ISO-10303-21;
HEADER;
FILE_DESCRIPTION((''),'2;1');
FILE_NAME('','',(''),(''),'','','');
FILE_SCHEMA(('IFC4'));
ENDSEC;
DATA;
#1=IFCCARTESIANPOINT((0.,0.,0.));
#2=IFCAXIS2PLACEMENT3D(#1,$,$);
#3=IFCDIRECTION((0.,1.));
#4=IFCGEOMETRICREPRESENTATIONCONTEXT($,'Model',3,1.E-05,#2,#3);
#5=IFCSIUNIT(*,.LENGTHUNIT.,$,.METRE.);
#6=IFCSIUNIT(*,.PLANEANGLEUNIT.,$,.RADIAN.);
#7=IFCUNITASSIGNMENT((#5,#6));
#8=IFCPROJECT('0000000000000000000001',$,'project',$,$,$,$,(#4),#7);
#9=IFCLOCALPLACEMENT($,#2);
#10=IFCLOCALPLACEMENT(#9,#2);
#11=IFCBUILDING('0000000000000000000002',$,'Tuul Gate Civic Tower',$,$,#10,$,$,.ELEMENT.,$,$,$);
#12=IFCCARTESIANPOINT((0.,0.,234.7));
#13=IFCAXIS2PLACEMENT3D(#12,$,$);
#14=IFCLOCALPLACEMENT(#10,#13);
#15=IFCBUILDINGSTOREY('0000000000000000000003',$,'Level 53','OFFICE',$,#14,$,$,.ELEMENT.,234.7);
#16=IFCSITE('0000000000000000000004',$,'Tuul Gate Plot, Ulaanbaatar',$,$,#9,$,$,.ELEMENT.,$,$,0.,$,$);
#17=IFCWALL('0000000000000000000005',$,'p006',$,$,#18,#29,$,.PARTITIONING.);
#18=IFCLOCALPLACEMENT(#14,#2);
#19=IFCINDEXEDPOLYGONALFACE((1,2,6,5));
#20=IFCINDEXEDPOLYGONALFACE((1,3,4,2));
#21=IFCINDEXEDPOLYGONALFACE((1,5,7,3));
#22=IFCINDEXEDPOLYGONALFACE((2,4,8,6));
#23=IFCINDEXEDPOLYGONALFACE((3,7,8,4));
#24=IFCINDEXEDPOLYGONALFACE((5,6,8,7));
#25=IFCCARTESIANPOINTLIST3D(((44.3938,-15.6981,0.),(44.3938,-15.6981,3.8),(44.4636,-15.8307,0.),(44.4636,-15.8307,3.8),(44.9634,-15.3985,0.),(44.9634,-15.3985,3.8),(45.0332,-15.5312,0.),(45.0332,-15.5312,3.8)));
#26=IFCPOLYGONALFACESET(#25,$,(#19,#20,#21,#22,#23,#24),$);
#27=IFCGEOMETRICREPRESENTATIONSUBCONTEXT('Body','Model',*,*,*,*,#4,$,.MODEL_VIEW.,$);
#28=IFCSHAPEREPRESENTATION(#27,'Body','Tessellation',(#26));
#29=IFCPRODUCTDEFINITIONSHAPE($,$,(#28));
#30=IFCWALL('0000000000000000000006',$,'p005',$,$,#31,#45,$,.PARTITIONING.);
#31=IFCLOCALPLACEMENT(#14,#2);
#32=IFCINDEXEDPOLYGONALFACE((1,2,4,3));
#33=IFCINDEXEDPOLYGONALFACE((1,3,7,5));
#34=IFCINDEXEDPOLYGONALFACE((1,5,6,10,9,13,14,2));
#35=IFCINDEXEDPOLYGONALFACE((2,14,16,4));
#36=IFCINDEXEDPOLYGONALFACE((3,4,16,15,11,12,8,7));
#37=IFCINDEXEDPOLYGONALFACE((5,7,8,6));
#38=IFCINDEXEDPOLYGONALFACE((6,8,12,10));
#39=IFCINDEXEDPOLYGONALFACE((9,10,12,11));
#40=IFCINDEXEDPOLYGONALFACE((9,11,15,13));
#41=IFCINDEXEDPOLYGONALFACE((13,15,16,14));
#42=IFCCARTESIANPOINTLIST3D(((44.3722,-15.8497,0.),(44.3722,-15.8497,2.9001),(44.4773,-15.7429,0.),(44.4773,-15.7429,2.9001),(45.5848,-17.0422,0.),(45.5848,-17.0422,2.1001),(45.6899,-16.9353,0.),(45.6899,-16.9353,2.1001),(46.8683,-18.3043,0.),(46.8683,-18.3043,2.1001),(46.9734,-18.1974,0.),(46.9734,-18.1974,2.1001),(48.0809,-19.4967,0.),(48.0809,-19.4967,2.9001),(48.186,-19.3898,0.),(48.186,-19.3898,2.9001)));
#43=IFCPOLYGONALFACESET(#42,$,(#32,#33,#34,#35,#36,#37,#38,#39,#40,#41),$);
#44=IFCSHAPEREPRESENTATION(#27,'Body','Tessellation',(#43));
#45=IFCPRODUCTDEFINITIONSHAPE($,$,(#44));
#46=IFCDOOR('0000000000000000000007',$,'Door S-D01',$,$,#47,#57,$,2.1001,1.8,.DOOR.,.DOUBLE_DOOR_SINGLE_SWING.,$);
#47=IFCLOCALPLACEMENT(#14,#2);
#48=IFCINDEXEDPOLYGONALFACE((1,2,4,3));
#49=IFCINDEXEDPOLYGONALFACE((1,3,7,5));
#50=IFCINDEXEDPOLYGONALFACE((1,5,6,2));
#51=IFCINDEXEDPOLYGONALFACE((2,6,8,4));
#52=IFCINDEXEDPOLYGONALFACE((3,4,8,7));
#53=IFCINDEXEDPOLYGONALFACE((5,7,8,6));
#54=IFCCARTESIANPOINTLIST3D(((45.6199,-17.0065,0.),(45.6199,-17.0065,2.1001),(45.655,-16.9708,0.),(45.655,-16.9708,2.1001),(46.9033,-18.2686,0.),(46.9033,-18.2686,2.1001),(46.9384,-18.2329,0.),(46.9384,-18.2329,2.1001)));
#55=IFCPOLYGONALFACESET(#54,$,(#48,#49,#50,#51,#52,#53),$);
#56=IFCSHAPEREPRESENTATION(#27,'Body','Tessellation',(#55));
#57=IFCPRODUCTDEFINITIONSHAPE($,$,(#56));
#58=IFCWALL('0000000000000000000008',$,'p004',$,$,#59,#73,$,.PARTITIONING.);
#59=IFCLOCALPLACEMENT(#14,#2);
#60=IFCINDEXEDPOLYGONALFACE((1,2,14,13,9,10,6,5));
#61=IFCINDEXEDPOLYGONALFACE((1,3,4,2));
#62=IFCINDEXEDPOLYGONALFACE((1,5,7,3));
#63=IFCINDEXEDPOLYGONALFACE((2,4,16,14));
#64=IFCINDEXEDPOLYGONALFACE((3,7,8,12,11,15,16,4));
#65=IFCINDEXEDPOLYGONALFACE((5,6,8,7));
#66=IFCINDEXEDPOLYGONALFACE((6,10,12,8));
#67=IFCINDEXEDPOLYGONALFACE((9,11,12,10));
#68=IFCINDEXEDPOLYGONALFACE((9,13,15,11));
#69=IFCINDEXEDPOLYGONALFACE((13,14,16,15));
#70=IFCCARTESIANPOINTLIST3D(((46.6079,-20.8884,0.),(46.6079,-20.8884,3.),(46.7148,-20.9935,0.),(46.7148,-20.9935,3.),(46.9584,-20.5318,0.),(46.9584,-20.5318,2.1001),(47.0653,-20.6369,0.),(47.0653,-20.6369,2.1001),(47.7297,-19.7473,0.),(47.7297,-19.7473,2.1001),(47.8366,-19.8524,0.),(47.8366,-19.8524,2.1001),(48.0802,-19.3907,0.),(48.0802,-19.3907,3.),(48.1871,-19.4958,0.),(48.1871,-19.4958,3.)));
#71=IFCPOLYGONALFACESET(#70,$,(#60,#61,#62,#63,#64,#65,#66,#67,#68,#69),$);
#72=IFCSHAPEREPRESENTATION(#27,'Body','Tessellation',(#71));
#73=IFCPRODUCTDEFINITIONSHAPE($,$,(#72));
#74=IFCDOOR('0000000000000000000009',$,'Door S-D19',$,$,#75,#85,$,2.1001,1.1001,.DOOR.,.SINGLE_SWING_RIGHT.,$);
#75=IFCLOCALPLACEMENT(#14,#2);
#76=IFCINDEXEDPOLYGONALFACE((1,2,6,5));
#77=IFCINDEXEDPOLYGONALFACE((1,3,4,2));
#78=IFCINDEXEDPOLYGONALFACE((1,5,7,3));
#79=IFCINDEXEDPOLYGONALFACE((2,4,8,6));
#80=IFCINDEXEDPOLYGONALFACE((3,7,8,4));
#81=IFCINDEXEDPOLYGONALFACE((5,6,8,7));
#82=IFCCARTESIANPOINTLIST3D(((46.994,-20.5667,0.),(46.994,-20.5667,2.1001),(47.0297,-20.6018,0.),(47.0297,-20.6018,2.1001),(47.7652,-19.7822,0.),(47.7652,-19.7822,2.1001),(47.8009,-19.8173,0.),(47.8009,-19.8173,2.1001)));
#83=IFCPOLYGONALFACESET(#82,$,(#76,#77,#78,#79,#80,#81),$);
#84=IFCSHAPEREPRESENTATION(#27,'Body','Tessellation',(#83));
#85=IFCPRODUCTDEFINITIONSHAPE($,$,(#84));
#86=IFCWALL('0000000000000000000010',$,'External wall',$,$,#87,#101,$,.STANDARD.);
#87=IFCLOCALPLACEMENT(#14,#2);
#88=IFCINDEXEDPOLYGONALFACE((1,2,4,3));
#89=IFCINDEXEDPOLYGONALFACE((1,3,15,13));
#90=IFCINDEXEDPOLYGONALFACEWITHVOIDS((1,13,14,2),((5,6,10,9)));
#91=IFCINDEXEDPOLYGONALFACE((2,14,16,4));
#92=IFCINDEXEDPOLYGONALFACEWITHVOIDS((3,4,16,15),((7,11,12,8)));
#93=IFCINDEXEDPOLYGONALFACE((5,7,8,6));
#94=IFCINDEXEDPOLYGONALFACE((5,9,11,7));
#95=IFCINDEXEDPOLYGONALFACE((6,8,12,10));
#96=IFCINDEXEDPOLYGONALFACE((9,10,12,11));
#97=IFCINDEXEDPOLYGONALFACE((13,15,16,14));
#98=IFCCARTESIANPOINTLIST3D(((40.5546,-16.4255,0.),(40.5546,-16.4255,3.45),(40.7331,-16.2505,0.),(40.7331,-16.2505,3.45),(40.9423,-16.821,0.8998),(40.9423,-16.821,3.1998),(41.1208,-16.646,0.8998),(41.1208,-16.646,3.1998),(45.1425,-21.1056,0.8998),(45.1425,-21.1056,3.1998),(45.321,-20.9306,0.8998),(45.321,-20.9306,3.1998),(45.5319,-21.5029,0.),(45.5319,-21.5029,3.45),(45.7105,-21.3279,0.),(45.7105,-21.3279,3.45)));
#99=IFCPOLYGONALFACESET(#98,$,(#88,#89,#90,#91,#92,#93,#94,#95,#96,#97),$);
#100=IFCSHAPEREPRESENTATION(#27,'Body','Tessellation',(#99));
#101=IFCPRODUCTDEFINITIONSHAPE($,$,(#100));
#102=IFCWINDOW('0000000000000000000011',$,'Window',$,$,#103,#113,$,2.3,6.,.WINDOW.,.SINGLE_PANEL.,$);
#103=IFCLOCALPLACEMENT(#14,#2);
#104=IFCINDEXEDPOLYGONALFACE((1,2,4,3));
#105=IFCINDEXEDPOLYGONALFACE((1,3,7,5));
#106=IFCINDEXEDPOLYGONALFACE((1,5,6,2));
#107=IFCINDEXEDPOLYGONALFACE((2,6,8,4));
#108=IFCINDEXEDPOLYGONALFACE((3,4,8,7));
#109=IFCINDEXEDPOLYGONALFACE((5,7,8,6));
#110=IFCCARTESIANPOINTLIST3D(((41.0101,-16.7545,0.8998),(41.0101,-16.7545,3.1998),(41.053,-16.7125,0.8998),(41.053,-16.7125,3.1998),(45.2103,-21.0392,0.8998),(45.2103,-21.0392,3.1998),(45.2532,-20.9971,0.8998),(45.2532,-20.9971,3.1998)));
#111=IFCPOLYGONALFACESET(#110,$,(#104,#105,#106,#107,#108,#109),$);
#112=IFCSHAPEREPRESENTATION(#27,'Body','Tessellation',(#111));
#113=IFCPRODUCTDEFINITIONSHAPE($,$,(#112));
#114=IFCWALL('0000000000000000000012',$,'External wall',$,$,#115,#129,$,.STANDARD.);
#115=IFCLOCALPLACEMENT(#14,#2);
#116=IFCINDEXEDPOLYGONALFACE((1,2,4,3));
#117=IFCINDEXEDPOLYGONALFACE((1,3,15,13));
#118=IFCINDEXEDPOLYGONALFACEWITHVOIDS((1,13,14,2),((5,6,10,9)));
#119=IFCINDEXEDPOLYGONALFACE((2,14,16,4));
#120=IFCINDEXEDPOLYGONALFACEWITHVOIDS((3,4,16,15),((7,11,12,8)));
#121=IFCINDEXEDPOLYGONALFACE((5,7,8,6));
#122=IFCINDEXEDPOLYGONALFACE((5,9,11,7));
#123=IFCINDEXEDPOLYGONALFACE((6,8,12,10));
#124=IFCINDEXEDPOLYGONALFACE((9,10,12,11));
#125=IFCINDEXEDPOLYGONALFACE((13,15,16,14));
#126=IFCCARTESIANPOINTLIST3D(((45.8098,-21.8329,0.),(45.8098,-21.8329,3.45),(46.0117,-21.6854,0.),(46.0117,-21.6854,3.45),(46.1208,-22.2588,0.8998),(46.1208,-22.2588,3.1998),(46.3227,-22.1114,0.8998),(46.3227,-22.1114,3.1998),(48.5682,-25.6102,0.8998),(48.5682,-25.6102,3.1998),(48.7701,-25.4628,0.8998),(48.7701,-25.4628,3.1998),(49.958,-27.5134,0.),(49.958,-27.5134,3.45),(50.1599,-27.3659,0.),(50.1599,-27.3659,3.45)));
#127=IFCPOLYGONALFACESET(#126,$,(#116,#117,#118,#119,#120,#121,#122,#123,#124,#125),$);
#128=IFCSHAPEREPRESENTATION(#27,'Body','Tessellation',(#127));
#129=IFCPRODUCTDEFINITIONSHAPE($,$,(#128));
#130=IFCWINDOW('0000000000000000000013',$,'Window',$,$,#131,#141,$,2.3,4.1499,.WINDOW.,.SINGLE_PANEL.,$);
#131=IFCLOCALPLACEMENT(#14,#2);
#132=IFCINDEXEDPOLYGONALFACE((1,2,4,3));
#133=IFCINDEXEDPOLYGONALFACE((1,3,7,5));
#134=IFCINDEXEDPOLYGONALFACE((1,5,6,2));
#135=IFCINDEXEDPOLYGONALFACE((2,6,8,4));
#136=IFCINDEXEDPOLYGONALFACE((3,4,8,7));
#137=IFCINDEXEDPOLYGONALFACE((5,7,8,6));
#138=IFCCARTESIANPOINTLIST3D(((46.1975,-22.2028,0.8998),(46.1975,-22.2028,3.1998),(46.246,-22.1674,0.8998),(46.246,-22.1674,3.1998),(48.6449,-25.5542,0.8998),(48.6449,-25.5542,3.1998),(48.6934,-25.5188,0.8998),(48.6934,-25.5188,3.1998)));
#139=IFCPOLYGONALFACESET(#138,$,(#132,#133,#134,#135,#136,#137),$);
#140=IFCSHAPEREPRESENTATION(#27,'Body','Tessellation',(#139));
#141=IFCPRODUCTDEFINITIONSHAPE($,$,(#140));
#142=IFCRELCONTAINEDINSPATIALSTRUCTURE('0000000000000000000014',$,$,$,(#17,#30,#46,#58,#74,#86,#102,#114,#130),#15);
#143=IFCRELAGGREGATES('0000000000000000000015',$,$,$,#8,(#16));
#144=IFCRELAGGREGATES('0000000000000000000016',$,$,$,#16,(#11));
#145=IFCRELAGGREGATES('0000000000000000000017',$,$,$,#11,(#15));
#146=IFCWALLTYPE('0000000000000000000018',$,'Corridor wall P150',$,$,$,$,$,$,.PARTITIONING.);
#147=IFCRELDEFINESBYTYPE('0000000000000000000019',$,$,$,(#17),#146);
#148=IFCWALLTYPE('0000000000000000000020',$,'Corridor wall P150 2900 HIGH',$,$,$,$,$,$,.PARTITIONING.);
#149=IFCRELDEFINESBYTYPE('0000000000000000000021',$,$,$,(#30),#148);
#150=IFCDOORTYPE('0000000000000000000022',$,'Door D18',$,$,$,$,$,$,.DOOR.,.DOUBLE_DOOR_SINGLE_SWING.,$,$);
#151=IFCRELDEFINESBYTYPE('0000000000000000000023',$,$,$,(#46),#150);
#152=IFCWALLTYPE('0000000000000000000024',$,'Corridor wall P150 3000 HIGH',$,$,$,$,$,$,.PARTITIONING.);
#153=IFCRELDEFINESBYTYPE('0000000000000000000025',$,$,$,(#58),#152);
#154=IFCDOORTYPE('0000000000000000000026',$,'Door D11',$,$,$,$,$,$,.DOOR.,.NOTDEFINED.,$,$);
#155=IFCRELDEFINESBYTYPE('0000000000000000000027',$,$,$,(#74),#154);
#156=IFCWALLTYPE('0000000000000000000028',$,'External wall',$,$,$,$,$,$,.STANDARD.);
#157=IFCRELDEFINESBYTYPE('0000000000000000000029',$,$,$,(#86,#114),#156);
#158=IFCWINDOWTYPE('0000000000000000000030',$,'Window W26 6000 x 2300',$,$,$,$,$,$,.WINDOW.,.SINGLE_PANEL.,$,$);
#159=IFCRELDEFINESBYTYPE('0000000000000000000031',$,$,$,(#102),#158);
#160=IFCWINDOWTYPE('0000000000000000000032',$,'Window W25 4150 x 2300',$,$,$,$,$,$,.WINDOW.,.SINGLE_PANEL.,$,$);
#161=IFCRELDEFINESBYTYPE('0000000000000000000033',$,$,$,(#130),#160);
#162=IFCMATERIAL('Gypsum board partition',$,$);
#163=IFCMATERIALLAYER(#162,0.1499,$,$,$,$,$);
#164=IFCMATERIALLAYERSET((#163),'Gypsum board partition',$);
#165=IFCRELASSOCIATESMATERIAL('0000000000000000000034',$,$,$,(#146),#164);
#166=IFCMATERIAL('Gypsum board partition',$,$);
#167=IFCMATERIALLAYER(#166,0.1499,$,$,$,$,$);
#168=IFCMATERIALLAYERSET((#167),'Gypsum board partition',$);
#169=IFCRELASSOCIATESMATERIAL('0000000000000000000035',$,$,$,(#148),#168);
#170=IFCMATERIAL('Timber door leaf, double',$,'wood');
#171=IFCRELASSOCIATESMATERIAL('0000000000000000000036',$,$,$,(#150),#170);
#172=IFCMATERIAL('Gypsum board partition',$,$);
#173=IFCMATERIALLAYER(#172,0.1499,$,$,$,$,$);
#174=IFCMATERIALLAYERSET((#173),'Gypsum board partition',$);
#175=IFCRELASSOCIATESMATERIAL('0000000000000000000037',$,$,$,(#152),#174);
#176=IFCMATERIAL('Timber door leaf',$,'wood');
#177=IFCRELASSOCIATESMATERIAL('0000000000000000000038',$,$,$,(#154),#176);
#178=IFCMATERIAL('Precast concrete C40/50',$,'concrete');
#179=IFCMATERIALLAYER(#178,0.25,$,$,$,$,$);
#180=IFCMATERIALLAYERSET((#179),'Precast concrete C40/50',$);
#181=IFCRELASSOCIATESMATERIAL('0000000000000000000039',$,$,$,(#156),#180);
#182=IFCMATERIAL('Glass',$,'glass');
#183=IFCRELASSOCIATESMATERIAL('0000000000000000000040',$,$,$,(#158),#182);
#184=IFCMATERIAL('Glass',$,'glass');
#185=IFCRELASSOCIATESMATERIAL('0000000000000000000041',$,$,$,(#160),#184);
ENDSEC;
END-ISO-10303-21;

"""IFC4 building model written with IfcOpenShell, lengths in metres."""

from ifc_helpers import new_model, si_unit, direction, frame, frame_2d, origin, place, context, subcontext, project, spatial, rectangle, extrude, material, layer, layer_set, type_object, element, fill, save


model = new_model("IFC4")

# Units and contexts
model_context = context("Model", 3, precision=1e-05, world=origin(), true_north=direction((0.0, 1.0)))
body_context = subcontext(model_context, "Body", "Model", "MODEL_VIEW")
ifc_project = project(units=[si_unit("LENGTHUNIT", "METRE"), si_unit("PLANEANGLEUNIT", "RADIAN")], contexts=[model_context])

# Site, building, storey
site_placement = place(None, origin())
site = spatial("IfcSite", under=ifc_project, at=site_placement, Name="Tuul Gate Plot, Ulaanbaatar", CompositionType="ELEMENT", RefElevation=0.0)
building_placement = place(site_placement, origin())
building = spatial("IfcBuilding", under=site, at=building_placement, Name="Tuul Gate Civic Tower", CompositionType="ELEMENT")
storey_placement = place(building_placement, frame((0.0, 0.0, 234.7)))
storey = spatial("IfcBuildingStorey", under=building, at=storey_placement, Name="Level 53", Description="OFFICE", CompositionType="ELEMENT", Elevation=234.7)

# Wall
ifc_material_1 = material(Name="Gypsum board partition")
ifc_layer_1 = layer(ifc_material_1, 0.1499)
ifc_layer_set_1 = layer_set([ifc_layer_1], Name="Gypsum board partition")
wall_type_1 = type_object("IfcWallType", Name="Corridor wall P150", PredefinedType="PARTITIONING", material=ifc_layer_set_1)
wall_1_placement = place(storey_placement, frame((44.4287, -15.7644, 0.0), z_axis=(0.0, 0.0, 1.0), x_axis=(0.885058, 0.465481, 0.0)))
element("IfcWall", 1, at=wall_1_placement, inside=storey, type_object=wall_type_1, Name="p006", PredefinedType="PARTITIONING", context=body_context, shape_type="SweptSolid", body=[
    extrude(rectangle(XDim=0.6436, YDim=0.1499, at=frame_2d((0.3218, 0.0))), origin(), (0.0, 0.0, 1.0), 3.8),
])

# Walls, openings, doors
ifc_material_2 = material(Name="Gypsum board partition")
ifc_layer_2 = layer(ifc_material_2, 0.1499)
ifc_layer_set_2 = layer_set([ifc_layer_2], Name="Gypsum board partition")
wall_type_2 = type_object("IfcWallType", Name="Corridor wall P150 2900 HIGH", PredefinedType="PARTITIONING", material=ifc_layer_set_2)
wall_2_placement = place(storey_placement, frame((44.4248, -15.7964, 0.0), z_axis=(0.0, 0.0, 1.0), x_axis=(0.713019, -0.701144, 0.0)))
wall_2 = element("IfcWall", 2, at=wall_2_placement, inside=storey, type_object=wall_type_2, Name="p005", PredefinedType="PARTITIONING", context=body_context, shape_type="SweptSolid", body=[
    extrude(rectangle(XDim=5.2014, YDim=0.1499, at=frame_2d((2.6006, 0.0))), origin(), (0.0, 0.0, 1.0), 2.9001),
])
opening_1_placement = place(wall_2_placement, frame((1.7007, 0.0, 0.0)))
opening_1 = element("IfcOpeningElement", 3, at=opening_1_placement, cuts=wall_2, PredefinedType="OPENING", context=body_context, shape_type="SweptSolid", body=[
    extrude(rectangle(XDim=1.8, YDim=2.1001, at=frame_2d((0.8999, 1.05))), frame((0.0, 0.085, 0.0), z_axis=(0.0, -1.0, 0.0), x_axis=(1.0, 0.0, 0.0)), (0.0, 0.0, 1.0), 0.1699),
])
ifc_material_3 = material(Name="Timber door leaf, double", Category="wood")
door_type_1 = type_object("IfcDoorType", Name="Door D18", OperationType="DOUBLE_DOOR_SINGLE_SWING", PredefinedType="DOOR", material=ifc_material_3)
door_1_placement = place(opening_1_placement, frame((1.8, 0.0, 0.0), z_axis=(0.0, 0.0, 1.0), x_axis=(-1.0, 0.0, 0.0)))
door_1 = element("IfcDoor", 4, at=door_1_placement, inside=storey, type_object=door_type_1, Name="Door S-D01", OperationType="DOUBLE_DOOR_SINGLE_SWING", OverallHeight=2.1001, OverallWidth=1.8, PredefinedType="DOOR", context=body_context, shape_type="SweptSolid", body=[
    extrude(rectangle(XDim=1.8, YDim=2.1001, at=frame_2d((0.9001, 1.05))), frame((0.0, 0.0249, 0.0), z_axis=(0.0, -1.0, 0.0), x_axis=(1.0, 0.0, 0.0)), (0.0, 0.0, 1.0), 0.05),
])
fill(opening_1, door_1)
ifc_material_4 = material(Name="Gypsum board partition")
ifc_layer_3 = layer(ifc_material_4, 0.1499)
ifc_layer_set_3 = layer_set([ifc_layer_3], Name="Gypsum board partition")
wall_type_3 = type_object("IfcWallType", Name="Corridor wall P150 3000 HIGH", PredefinedType="PARTITIONING", material=ifc_layer_set_3)
wall_3_placement = place(storey_placement, frame((46.6614, -20.9409, 0.0), z_axis=(0.0, 0.0, 1.0), x_axis=(0.701036, 0.713126, 0.0)))
wall_3 = element("IfcWall", 5, at=wall_3_placement, inside=storey, type_object=wall_type_3, Name="p004", PredefinedType="PARTITIONING", context=body_context, shape_type="SweptSolid", body=[
    extrude(rectangle(XDim=2.1001, YDim=0.1499, at=frame_2d((1.05, 0.0))), origin(), (0.0, 0.0, 1.0), 3.0),
])
opening_2_placement = place(wall_3_placement, frame((0.5, 0.0, 0.0)))
opening_2 = element("IfcOpeningElement", 6, at=opening_2_placement, cuts=wall_3, PredefinedType="OPENING", context=body_context, shape_type="SweptSolid", body=[
    extrude(rectangle(XDim=1.1001, YDim=2.1001, at=frame_2d((0.55, 1.05))), frame((0.0, 0.085, 0.0), z_axis=(0.0, -1.0, 0.0), x_axis=(1.0, 0.0, 0.0)), (0.0, 0.0, 1.0), 0.1699),
])
ifc_material_5 = material(Name="Timber door leaf", Category="wood")
door_type_2 = type_object("IfcDoorType", Name="Door D11", OperationType="NOTDEFINED", PredefinedType="DOOR", material=ifc_material_5)
door_2_placement = place(opening_2_placement, frame((1.1001, 0.0, 0.0), z_axis=(0.0, 0.0, 1.0), x_axis=(-1.0, 0.0, 0.0)))
door_2 = element("IfcDoor", 7, at=door_2_placement, inside=storey, type_object=door_type_2, Name="Door S-D19", OperationType="SINGLE_SWING_RIGHT", OverallHeight=2.1001, OverallWidth=1.1001, PredefinedType="DOOR", context=body_context, shape_type="SweptSolid", body=[
    extrude(rectangle(XDim=1.1001, YDim=2.1001, at=frame_2d((0.55, 1.05))), frame((0.0, 0.0249, 0.0), z_axis=(0.0, -1.0, 0.0), x_axis=(1.0, 0.0, 0.0)), (0.0, 0.0, 1.0), 0.05),
])
fill(opening_2, door_2)

# Walls, openings, windows
ifc_material_6 = material(Name="Precast concrete C40/50", Category="concrete")
ifc_layer_4 = layer(ifc_material_6, 0.25)
ifc_layer_set_4 = layer_set([ifc_layer_4], Name="Precast concrete C40/50")
wall_type_4 = type_object("IfcWallType", Name="External wall", PredefinedType="STANDARD", material=ifc_layer_set_4)
wall_4_placement = place(storey_placement, frame((40.6438, -16.3379, 0.0), z_axis=(0.0, 0.0, 1.0), x_axis=(0.700033, -0.714111, 0.0)))
wall_4 = element("IfcWall", 8, at=wall_4_placement, inside=storey, type_object=wall_type_4, Name="External wall", PredefinedType="STANDARD", context=body_context, shape_type="SweptSolid", body=[
    extrude(rectangle(XDim=7.1101, YDim=0.25, at=frame_2d((3.5552, 0.0))), origin(), (0.0, 0.0, 1.0), 3.45),
])
opening_3_placement = place(wall_4_placement, frame((0.554, 0.0, 0.8999)))
opening_3 = element("IfcOpeningElement", 9, at=opening_3_placement, cuts=wall_4, PredefinedType="OPENING", context=body_context, shape_type="SweptSolid", body=[
    extrude(rectangle(XDim=6.0, YDim=2.3, at=frame_2d((3.0, 1.1499))), frame((0.0, 0.135, 0.0), z_axis=(0.0, -1.0, 0.0), x_axis=(1.0, 0.0, 0.0)), (0.0, 0.0, 1.0), 0.27),
])
ifc_material_7 = material(Name="Glass", Category="glass")
window_type_1 = type_object("IfcWindowType", Name="Window W26 6000 x 2300", PartitioningType="SINGLE_PANEL", PredefinedType="WINDOW", material=ifc_material_7)
window_1_placement = place(opening_3_placement, origin())
window_1 = element("IfcWindow", 10, at=window_1_placement, inside=storey, type_object=window_type_1, Name="Window", OverallHeight=2.3, OverallWidth=6.0, PartitioningType="SINGLE_PANEL", PredefinedType="WINDOW", context=body_context, shape_type="SweptSolid", body=[
    extrude(rectangle(XDim=6.0, YDim=2.3, at=frame_2d((3.0, 1.1499))), frame((0.0, 0.03, 0.0), z_axis=(0.0, -1.0, 0.0), x_axis=(1.0, 0.0, 0.0)), (0.0, 0.0, 1.0), 0.0601),
])
fill(opening_3, window_1)
wall_5_placement = place(storey_placement, frame((45.9106, -21.759, 0.0), z_axis=(0.0, 0.0, 1.0), x_axis=(0.589749, -0.807586, 0.0)))
wall_5 = element("IfcWall", 11, at=wall_5_placement, inside=storey, type_object=wall_type_4, Name="External wall", PredefinedType="STANDARD", context=body_context, shape_type="SweptSolid", body=[
    extrude(rectangle(XDim=7.0339, YDim=0.25, at=frame_2d((3.5171, 0.0))), origin(), (0.0, 0.0, 1.0), 3.45),
])
opening_4_placement = place(wall_5_placement, frame((0.5276, 0.0, 0.8999)))
opening_4 = element("IfcOpeningElement", 12, at=opening_4_placement, cuts=wall_5, PredefinedType="OPENING", context=body_context, shape_type="SweptSolid", body=[
    extrude(rectangle(XDim=4.1499, YDim=2.3, at=frame_2d((2.075, 1.1499))), frame((0.0, 0.135, 0.0), z_axis=(0.0, -1.0, 0.0), x_axis=(1.0, 0.0, 0.0)), (0.0, 0.0, 1.0), 0.27),
])
ifc_material_8 = material(Name="Glass", Category="glass")
window_type_2 = type_object("IfcWindowType", Name="Window W25 4150 x 2300", PartitioningType="SINGLE_PANEL", PredefinedType="WINDOW", material=ifc_material_8)
window_2_placement = place(opening_4_placement, origin())
window_2 = element("IfcWindow", 13, at=window_2_placement, inside=storey, type_object=window_type_2, Name="Window", OverallHeight=2.3, OverallWidth=4.1499, PartitioningType="SINGLE_PANEL", PredefinedType="WINDOW", context=body_context, shape_type="SweptSolid", body=[
    extrude(rectangle(XDim=4.1499, YDim=2.3, at=frame_2d((2.075, 1.1499))), frame((0.0, 0.03, 0.0), z_axis=(0.0, -1.0, 0.0), x_axis=(1.0, 0.0, 0.0)), (0.0, 0.0, 1.0), 0.0601),
])
fill(opening_4, window_2)

save(model, "model.ifc")
